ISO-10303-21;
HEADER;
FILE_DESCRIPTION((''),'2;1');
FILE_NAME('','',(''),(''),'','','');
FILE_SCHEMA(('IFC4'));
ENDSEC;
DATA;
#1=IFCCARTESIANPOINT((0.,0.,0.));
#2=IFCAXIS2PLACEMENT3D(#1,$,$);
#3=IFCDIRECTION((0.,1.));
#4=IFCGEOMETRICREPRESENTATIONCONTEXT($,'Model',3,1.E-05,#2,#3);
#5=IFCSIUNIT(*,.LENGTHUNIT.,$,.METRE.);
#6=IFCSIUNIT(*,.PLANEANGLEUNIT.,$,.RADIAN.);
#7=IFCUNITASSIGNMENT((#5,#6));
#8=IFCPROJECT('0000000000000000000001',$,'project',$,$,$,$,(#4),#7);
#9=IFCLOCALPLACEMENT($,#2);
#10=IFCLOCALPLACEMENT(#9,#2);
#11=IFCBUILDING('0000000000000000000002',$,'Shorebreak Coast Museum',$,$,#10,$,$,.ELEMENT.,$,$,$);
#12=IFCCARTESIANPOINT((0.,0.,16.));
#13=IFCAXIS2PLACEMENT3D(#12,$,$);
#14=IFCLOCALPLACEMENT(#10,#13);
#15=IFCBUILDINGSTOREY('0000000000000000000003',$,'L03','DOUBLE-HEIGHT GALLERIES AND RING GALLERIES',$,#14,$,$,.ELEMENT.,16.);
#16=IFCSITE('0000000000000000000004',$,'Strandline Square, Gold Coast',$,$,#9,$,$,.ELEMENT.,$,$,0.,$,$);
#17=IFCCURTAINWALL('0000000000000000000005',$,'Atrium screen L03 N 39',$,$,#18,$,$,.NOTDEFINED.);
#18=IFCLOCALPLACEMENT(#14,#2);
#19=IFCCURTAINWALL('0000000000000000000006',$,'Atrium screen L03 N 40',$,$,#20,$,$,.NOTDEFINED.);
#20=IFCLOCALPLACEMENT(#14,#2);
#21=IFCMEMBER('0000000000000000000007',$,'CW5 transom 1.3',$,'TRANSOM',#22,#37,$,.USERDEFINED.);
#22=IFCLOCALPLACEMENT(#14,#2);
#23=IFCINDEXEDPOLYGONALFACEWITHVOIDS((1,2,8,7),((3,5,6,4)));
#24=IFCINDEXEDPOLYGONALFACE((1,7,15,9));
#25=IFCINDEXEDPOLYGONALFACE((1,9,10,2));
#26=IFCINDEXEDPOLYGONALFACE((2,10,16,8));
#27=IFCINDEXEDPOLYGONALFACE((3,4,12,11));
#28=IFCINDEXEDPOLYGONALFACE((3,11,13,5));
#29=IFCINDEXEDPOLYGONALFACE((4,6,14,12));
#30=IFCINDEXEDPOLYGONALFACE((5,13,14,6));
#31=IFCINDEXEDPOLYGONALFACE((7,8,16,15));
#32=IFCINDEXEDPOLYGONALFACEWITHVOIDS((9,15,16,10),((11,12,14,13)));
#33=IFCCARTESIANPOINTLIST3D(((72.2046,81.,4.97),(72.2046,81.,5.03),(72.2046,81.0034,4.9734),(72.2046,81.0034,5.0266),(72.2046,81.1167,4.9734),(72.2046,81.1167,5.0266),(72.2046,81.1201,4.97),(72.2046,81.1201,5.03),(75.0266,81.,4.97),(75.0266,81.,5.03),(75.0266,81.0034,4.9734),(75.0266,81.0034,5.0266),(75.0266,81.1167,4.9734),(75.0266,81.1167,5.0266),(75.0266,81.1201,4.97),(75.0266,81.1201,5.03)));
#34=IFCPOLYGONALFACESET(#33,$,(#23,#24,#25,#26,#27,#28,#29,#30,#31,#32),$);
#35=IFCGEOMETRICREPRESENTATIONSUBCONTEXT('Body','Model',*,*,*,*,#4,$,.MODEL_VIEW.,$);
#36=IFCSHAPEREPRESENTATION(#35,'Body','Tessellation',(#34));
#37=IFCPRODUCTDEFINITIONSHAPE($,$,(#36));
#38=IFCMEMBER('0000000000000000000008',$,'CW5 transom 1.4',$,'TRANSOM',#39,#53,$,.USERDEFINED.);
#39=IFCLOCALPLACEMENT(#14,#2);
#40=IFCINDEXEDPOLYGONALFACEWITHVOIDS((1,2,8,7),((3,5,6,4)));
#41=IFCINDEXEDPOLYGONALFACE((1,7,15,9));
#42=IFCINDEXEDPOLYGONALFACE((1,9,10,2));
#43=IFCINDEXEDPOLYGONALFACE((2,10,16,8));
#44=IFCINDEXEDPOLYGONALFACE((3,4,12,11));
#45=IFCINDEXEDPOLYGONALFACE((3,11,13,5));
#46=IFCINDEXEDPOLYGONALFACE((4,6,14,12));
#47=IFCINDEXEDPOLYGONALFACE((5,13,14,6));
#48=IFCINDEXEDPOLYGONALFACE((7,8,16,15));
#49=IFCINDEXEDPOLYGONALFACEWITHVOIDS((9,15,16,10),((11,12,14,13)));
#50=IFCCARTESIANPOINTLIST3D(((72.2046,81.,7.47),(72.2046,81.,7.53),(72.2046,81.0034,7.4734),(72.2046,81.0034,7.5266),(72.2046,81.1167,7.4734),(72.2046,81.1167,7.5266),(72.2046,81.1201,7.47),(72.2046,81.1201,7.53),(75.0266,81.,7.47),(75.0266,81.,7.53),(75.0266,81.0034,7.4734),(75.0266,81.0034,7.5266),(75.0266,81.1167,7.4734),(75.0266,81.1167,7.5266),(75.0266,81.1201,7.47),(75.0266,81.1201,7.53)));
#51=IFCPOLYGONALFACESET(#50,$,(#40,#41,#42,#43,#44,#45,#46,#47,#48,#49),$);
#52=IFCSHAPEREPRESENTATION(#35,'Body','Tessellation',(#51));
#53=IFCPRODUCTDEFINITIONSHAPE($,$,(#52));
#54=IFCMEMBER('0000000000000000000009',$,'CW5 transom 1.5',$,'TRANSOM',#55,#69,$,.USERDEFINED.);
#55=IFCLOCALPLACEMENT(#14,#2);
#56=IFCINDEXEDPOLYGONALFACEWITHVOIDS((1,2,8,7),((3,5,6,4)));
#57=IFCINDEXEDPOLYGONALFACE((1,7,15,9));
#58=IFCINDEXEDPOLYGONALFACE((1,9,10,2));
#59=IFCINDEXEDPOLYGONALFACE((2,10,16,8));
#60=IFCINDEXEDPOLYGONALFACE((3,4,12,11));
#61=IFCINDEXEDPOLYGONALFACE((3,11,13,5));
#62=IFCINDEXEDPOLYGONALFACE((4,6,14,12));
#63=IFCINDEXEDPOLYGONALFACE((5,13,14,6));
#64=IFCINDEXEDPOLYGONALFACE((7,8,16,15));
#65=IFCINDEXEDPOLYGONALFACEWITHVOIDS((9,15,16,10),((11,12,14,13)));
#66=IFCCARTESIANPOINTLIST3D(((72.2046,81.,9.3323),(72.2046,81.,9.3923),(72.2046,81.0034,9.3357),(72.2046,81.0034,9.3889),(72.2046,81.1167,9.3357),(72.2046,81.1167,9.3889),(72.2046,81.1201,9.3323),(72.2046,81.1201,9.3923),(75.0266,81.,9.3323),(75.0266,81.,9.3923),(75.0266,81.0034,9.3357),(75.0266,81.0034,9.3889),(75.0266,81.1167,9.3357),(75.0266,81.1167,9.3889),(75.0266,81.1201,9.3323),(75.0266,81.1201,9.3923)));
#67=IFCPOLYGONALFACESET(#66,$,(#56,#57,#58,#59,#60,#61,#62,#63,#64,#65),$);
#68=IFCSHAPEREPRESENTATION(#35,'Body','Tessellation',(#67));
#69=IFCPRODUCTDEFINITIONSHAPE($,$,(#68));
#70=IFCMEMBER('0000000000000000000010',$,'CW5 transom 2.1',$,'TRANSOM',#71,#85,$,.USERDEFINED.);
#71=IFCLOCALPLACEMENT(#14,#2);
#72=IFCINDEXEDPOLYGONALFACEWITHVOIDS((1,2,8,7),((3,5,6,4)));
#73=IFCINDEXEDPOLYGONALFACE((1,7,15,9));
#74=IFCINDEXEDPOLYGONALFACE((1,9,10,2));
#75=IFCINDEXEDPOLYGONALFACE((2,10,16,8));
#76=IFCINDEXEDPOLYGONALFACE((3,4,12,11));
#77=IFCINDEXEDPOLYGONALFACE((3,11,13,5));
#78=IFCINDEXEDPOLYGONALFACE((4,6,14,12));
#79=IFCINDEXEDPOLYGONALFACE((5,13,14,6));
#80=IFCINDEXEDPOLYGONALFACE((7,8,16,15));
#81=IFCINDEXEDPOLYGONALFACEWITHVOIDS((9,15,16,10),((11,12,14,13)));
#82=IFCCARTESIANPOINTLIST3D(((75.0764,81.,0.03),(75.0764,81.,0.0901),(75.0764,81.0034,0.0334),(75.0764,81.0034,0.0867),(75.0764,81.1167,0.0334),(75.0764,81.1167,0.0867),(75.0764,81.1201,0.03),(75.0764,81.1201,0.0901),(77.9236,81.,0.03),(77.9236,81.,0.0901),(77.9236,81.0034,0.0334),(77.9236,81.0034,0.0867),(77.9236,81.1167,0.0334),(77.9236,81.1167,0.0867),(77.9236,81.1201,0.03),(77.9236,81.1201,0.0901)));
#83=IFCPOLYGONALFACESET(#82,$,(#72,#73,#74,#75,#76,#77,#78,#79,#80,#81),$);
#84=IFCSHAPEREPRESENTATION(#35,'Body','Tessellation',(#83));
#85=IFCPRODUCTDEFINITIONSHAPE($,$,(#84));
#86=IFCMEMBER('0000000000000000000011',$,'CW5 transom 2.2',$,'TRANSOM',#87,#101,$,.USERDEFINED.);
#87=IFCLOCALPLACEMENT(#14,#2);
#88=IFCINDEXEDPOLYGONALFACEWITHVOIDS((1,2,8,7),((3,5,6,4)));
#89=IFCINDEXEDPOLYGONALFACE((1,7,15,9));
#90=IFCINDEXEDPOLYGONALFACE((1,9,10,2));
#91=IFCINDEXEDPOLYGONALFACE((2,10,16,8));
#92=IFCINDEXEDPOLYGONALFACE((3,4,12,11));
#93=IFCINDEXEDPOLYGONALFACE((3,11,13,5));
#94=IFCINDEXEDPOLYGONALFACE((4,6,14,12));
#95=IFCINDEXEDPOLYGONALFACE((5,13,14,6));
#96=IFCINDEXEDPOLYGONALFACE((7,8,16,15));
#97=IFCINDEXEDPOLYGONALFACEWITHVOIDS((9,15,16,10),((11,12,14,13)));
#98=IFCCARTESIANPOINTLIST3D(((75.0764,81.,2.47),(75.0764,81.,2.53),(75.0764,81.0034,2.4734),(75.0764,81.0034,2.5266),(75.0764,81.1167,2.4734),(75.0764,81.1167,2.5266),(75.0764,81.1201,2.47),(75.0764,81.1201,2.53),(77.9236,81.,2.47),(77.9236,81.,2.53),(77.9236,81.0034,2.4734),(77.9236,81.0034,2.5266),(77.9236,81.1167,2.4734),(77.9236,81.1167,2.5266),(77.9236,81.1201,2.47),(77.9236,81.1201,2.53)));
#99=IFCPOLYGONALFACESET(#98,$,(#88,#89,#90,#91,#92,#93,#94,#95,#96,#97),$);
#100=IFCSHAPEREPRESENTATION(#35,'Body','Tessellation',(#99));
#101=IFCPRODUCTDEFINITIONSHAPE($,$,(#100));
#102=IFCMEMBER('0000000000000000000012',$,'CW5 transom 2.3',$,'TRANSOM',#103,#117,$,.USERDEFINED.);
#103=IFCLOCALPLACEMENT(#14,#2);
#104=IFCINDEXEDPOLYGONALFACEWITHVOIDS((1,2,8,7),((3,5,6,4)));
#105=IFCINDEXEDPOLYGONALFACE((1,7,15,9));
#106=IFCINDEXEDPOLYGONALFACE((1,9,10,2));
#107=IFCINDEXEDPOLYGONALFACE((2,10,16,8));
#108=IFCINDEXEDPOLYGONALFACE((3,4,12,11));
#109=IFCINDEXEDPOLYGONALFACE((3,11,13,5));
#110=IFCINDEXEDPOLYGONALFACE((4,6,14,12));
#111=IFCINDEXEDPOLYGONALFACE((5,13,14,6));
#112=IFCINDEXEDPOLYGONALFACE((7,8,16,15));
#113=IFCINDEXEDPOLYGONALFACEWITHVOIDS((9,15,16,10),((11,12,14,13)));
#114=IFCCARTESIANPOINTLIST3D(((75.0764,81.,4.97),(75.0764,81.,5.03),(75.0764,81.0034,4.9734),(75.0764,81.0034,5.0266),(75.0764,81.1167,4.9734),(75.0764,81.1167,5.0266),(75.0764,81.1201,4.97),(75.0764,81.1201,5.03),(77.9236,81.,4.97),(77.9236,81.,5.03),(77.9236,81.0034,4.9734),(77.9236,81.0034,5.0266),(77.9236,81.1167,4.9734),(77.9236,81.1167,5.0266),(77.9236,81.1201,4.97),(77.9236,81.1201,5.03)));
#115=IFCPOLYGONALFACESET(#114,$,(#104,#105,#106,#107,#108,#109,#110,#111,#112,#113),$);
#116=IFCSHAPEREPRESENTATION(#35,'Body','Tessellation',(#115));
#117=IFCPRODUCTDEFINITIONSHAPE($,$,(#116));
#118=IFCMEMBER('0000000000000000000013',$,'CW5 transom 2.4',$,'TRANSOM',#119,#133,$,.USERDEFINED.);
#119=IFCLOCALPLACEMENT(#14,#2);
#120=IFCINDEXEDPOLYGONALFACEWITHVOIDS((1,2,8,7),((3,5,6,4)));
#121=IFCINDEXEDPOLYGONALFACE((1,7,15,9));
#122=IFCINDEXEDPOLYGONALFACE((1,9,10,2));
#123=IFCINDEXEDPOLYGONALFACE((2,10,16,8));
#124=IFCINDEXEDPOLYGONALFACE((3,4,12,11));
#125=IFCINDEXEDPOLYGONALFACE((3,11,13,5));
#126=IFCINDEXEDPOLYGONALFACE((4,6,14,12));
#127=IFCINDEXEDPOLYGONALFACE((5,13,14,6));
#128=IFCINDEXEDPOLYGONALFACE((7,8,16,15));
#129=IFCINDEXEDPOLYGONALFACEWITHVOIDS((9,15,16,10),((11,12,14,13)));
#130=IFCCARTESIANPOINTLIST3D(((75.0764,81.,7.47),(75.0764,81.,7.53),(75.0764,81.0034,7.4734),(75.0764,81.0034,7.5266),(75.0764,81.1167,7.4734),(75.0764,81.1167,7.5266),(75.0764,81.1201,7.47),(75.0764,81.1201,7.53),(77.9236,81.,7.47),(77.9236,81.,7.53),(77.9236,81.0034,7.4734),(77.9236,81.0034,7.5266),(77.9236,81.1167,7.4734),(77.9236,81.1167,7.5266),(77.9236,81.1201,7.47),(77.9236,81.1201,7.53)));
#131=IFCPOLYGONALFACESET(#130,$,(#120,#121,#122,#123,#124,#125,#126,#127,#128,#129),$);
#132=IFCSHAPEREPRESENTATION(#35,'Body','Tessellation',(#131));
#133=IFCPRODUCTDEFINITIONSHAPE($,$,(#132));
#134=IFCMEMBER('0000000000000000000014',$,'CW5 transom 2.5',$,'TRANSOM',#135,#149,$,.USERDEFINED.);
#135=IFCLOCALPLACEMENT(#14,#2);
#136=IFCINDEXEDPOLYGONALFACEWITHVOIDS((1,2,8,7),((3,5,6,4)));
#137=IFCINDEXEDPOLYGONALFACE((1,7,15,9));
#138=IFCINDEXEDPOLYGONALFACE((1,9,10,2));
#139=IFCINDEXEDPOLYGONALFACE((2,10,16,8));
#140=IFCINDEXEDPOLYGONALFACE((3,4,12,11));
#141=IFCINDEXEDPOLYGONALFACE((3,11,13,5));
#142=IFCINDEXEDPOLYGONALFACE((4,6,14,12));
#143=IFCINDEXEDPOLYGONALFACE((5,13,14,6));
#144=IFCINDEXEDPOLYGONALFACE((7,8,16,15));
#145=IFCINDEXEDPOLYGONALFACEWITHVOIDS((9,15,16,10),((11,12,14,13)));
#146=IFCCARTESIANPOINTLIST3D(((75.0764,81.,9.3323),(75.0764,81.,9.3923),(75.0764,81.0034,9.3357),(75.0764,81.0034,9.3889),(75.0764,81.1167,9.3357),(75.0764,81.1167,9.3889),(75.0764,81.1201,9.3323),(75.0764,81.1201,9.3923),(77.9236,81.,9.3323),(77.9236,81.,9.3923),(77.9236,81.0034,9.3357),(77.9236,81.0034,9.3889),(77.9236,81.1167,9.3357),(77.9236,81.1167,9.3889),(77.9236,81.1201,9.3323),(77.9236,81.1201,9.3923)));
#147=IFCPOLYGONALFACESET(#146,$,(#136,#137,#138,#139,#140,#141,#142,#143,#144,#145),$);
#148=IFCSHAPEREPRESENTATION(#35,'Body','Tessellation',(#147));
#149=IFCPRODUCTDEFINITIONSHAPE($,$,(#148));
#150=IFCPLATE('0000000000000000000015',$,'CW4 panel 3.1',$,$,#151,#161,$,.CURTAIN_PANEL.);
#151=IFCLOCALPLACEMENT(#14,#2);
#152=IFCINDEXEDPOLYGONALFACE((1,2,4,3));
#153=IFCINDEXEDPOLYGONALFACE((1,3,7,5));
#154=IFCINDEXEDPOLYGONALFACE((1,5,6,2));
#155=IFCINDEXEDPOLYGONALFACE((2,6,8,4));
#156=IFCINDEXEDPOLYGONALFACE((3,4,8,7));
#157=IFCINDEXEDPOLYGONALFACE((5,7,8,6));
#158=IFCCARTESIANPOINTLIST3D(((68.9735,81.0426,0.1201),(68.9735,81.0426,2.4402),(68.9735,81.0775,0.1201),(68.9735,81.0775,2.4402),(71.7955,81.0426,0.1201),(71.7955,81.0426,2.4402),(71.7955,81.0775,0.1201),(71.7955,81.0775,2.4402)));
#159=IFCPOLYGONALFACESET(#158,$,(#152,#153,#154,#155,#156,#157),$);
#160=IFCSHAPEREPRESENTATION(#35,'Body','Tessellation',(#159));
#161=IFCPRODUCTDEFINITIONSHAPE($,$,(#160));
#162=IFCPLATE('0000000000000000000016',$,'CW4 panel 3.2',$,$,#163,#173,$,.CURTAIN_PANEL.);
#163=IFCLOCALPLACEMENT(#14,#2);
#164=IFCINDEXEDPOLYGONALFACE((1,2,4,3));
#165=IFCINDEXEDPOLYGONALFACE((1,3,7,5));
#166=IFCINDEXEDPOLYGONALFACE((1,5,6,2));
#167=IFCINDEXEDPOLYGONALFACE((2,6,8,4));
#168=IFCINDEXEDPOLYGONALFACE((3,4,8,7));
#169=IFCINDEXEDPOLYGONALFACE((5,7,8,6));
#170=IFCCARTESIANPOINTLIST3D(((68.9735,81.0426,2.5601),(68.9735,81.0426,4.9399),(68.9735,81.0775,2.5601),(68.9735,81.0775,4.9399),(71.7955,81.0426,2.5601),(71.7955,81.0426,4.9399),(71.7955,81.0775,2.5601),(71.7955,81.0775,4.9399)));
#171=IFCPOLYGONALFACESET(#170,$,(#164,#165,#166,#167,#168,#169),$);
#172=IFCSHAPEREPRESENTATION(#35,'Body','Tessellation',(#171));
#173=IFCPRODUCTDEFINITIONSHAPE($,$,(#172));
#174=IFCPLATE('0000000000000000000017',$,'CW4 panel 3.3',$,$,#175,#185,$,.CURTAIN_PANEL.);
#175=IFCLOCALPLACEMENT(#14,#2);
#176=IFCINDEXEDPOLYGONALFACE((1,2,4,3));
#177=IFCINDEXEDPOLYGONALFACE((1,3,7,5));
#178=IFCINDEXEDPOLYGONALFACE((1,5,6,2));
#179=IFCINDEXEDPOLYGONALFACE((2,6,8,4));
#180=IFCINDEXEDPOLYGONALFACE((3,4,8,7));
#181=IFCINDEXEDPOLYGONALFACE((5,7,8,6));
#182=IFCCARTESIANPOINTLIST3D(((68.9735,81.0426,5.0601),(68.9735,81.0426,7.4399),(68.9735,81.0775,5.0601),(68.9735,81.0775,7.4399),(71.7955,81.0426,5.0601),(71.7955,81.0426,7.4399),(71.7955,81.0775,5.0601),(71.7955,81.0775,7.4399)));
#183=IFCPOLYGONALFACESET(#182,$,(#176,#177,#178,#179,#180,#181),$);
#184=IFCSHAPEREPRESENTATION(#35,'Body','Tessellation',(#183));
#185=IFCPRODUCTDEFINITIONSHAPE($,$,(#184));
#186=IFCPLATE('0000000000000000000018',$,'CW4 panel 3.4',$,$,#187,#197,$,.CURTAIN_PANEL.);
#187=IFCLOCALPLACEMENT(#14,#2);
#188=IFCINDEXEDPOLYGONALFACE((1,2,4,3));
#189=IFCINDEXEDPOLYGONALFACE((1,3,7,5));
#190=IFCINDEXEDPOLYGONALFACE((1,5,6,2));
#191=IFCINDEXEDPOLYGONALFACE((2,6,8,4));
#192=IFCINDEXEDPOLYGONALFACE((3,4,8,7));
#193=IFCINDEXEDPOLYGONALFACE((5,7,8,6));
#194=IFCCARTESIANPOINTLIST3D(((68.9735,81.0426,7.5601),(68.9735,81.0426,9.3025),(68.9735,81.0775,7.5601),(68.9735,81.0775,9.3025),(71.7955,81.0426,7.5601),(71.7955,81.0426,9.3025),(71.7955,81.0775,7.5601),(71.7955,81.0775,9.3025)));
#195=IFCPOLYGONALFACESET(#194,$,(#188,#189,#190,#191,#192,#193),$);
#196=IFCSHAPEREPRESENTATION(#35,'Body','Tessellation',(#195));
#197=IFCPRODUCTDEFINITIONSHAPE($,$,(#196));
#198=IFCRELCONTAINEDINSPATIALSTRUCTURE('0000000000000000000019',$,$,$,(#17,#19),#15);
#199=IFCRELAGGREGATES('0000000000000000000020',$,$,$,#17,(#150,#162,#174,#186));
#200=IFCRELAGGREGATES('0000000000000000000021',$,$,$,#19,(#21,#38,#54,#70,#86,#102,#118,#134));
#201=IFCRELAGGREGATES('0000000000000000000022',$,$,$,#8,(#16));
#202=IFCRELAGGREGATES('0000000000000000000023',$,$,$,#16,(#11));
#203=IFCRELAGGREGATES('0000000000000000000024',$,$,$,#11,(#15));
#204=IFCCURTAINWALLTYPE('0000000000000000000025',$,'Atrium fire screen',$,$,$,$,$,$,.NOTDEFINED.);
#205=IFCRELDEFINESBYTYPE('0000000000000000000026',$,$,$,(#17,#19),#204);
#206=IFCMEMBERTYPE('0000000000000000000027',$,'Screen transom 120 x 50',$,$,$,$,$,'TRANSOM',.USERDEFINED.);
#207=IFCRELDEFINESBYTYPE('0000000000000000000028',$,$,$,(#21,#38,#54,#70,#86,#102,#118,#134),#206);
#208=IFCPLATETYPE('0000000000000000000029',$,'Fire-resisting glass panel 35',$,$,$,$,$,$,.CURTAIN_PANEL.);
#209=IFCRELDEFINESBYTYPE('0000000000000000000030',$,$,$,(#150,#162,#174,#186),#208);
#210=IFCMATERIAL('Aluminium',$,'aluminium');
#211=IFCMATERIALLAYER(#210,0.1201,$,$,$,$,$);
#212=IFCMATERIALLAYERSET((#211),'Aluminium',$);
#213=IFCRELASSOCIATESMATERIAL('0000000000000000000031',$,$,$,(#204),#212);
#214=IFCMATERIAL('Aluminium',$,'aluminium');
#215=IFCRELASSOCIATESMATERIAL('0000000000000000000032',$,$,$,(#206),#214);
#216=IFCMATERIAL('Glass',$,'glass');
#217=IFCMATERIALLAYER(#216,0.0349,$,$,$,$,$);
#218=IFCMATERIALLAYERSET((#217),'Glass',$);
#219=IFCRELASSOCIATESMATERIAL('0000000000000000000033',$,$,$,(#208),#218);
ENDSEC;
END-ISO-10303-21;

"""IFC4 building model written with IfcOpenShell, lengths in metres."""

from ifc_helpers import new_model, si_unit, direction, frame, origin, origin_2d, place, context, subcontext, project, spatial, rectangle, hollow_rectangle, extrude, material, layer, layer_set, material_profile, profile_set, type_object, element, aggregate, save


model = new_model("IFC4")

# Units and contexts
model_context = context("Model", 3, precision=1e-05, world=origin(), true_north=direction((0.0, 1.0)))
body_context = subcontext(model_context, "Body", "Model", "MODEL_VIEW")
ifc_project = project(units=[si_unit("LENGTHUNIT", "METRE"), si_unit("PLANEANGLEUNIT", "RADIAN")], contexts=[model_context])

# Site, building, storey
site_placement = place(None, origin())
site = spatial("IfcSite", under=ifc_project, at=site_placement, Name="Strandline Square, Gold Coast", CompositionType="ELEMENT", RefElevation=0.0)
building_placement = place(site_placement, origin())
building = spatial("IfcBuilding", under=site, at=building_placement, Name="Shorebreak Coast Museum", CompositionType="ELEMENT")
storey_placement = place(building_placement, frame((0.0, 0.0, 16.0)))
storey = spatial("IfcBuildingStorey", under=building, at=storey_placement, Name="L03", Description="DOUBLE-HEIGHT GALLERIES AND RING GALLERIES", CompositionType="ELEMENT", Elevation=16.0)

# Curtain wall
ifc_material_1 = material(Name="Aluminium", Category="aluminium")
ifc_layer_1 = layer(ifc_material_1, 0.1201)
ifc_layer_set_1 = layer_set([ifc_layer_1], Name="Aluminium")
curtain_wall_type = type_object("IfcCurtainWallType", Name="Atrium fire screen", PredefinedType="NOTDEFINED", material=ifc_layer_set_1)
curtain_wall_1_placement = place(storey_placement, origin())
curtain_wall_1 = element("IfcCurtainWall", 1, at=curtain_wall_1_placement, inside=storey, type_object=curtain_wall_type, Name="Atrium screen L03 N 39", PredefinedType="NOTDEFINED")

# Curtain wall, members
curtain_wall_2_placement = place(storey_placement, origin())
curtain_wall_2 = element("IfcCurtainWall", 2, at=curtain_wall_2_placement, inside=storey, type_object=curtain_wall_type, Name="Atrium screen L03 N 40", PredefinedType="NOTDEFINED")
ifc_material_2 = material(Name="Aluminium", Category="aluminium")
ifc_material_profile_1 = material_profile(ifc_material_2, hollow_rectangle(XDim=0.1201, YDim=0.0601, WallThickness=0.0034, at=origin_2d()), Name="AL 60x120 RHS")
ifc_profile_set_1 = profile_set([ifc_material_profile_1], Name="Aluminium")
member_type_1 = type_object("IfcMemberType", Name="Screen transom 120 x 50", ElementType="TRANSOM", PredefinedType="USERDEFINED", material=ifc_profile_set_1)
member_1_placement = place(storey_placement, frame((72.2046, 81.0601, 5.0), z_axis=(1.0, 0.0, 0.0), x_axis=(0.0, 1.0, 0.0)))
member_1 = element("IfcMember", 3, at=member_1_placement, type_object=member_type_1, Name="CW5 transom 1.3", ObjectType="TRANSOM", PredefinedType="USERDEFINED", context=body_context, shape_type="SweptSolid", body=[
    extrude(hollow_rectangle(XDim=0.1201, YDim=0.0601, WallThickness=0.0034, at=origin_2d()), origin(), (0.0, 0.0, 1.0), 2.822),
])
member_2_placement = place(storey_placement, frame((72.2046, 81.0601, 7.5), z_axis=(1.0, 0.0, 0.0), x_axis=(0.0, 1.0, 0.0)))
member_2 = element("IfcMember", 4, at=member_2_placement, type_object=member_type_1, Name="CW5 transom 1.4", ObjectType="TRANSOM", PredefinedType="USERDEFINED", context=body_context, shape_type="SweptSolid", body=[
    extrude(hollow_rectangle(XDim=0.1201, YDim=0.0601, WallThickness=0.0034, at=origin_2d()), origin(), (0.0, 0.0, 1.0), 2.822),
])
member_3_placement = place(storey_placement, frame((72.2046, 81.0601, 9.3623), z_axis=(1.0, 0.0, 0.0), x_axis=(0.0, 1.0, 0.0)))
member_3 = element("IfcMember", 5, at=member_3_placement, type_object=member_type_1, Name="CW5 transom 1.5", ObjectType="TRANSOM", PredefinedType="USERDEFINED", context=body_context, shape_type="SweptSolid", body=[
    extrude(hollow_rectangle(XDim=0.1201, YDim=0.0601, WallThickness=0.0034, at=origin_2d()), origin(), (0.0, 0.0, 1.0), 2.822),
])
member_4_placement = place(storey_placement, frame((75.0764, 81.0601, 0.0601), z_axis=(1.0, 0.0, 0.0), x_axis=(0.0, 1.0, 0.0)))
member_4 = element("IfcMember", 6, at=member_4_placement, type_object=member_type_1, Name="CW5 transom 2.1", ObjectType="TRANSOM", PredefinedType="USERDEFINED", context=body_context, shape_type="SweptSolid", body=[
    extrude(hollow_rectangle(XDim=0.1201, YDim=0.0601, WallThickness=0.0034, at=origin_2d()), origin(), (0.0, 0.0, 1.0), 2.8472),
])
member_5_placement = place(storey_placement, frame((75.0764, 81.0601, 2.5), z_axis=(1.0, 0.0, 0.0), x_axis=(0.0, 1.0, 0.0)))
member_5 = element("IfcMember", 7, at=member_5_placement, type_object=member_type_1, Name="CW5 transom 2.2", ObjectType="TRANSOM", PredefinedType="USERDEFINED", context=body_context, shape_type="SweptSolid", body=[
    extrude(hollow_rectangle(XDim=0.1201, YDim=0.0601, WallThickness=0.0034, at=origin_2d()), origin(), (0.0, 0.0, 1.0), 2.8472),
])
member_6_placement = place(storey_placement, frame((75.0764, 81.0601, 5.0), z_axis=(1.0, 0.0, 0.0), x_axis=(0.0, 1.0, 0.0)))
member_6 = element("IfcMember", 8, at=member_6_placement, type_object=member_type_1, Name="CW5 transom 2.3", ObjectType="TRANSOM", PredefinedType="USERDEFINED", context=body_context, shape_type="SweptSolid", body=[
    extrude(hollow_rectangle(XDim=0.1201, YDim=0.0601, WallThickness=0.0034, at=origin_2d()), origin(), (0.0, 0.0, 1.0), 2.8472),
])
member_7_placement = place(storey_placement, frame((75.0764, 81.0601, 7.5), z_axis=(1.0, 0.0, 0.0), x_axis=(0.0, 1.0, 0.0)))
member_7 = element("IfcMember", 9, at=member_7_placement, type_object=member_type_1, Name="CW5 transom 2.4", ObjectType="TRANSOM", PredefinedType="USERDEFINED", context=body_context, shape_type="SweptSolid", body=[
    extrude(hollow_rectangle(XDim=0.1201, YDim=0.0601, WallThickness=0.0034, at=origin_2d()), origin(), (0.0, 0.0, 1.0), 2.8472),
])
member_8_placement = place(storey_placement, frame((75.0764, 81.0601, 9.3623), z_axis=(1.0, 0.0, 0.0), x_axis=(0.0, 1.0, 0.0)))
member_8 = element("IfcMember", 10, at=member_8_placement, type_object=member_type_1, Name="CW5 transom 2.5", ObjectType="TRANSOM", PredefinedType="USERDEFINED", context=body_context, shape_type="SweptSolid", body=[
    extrude(hollow_rectangle(XDim=0.1201, YDim=0.0601, WallThickness=0.0034, at=origin_2d()), origin(), (0.0, 0.0, 1.0), 2.8472),
])

# Plates
ifc_material_3 = material(Name="Glass", Category="glass")
ifc_layer_2 = layer(ifc_material_3, 0.0349)
ifc_layer_set_2 = layer_set([ifc_layer_2], Name="Glass")
plate_type = type_object("IfcPlateType", Name="Fire-resisting glass panel 35", PredefinedType="CURTAIN_PANEL", material=ifc_layer_set_2)
plate_1_placement = place(storey_placement, frame((70.3845, 81.0601, 0.1201), z_axis=(0.0, 0.0, 1.0), x_axis=(1.0, 0.0, 0.0)))
plate_1 = element("IfcPlate", 11, at=plate_1_placement, type_object=plate_type, Name="CW4 panel 3.1", PredefinedType="CURTAIN_PANEL", context=body_context, shape_type="SweptSolid", body=[
    extrude(rectangle(XDim=2.822, YDim=0.0349, at=origin_2d()), origin(), (0.0, 0.0, 1.0), 2.3201),
])
plate_2_placement = place(storey_placement, frame((70.3845, 81.0601, 2.5601), z_axis=(0.0, 0.0, 1.0), x_axis=(1.0, 0.0, 0.0)))
plate_2 = element("IfcPlate", 12, at=plate_2_placement, type_object=plate_type, Name="CW4 panel 3.2", PredefinedType="CURTAIN_PANEL", context=body_context, shape_type="SweptSolid", body=[
    extrude(rectangle(XDim=2.822, YDim=0.0349, at=origin_2d()), origin(), (0.0, 0.0, 1.0), 2.3799),
])
plate_3_placement = place(storey_placement, frame((70.3845, 81.0601, 5.0601), z_axis=(0.0, 0.0, 1.0), x_axis=(1.0, 0.0, 0.0)))
plate_3 = element("IfcPlate", 13, at=plate_3_placement, type_object=plate_type, Name="CW4 panel 3.3", PredefinedType="CURTAIN_PANEL", context=body_context, shape_type="SweptSolid", body=[
    extrude(rectangle(XDim=2.822, YDim=0.0349, at=origin_2d()), origin(), (0.0, 0.0, 1.0), 2.3799),
])
plate_4_placement = place(storey_placement, frame((70.3845, 81.0601, 7.5601), z_axis=(0.0, 0.0, 1.0), x_axis=(1.0, 0.0, 0.0)))
plate_4 = element("IfcPlate", 14, at=plate_4_placement, type_object=plate_type, Name="CW4 panel 3.4", PredefinedType="CURTAIN_PANEL", context=body_context, shape_type="SweptSolid", body=[
    extrude(rectangle(XDim=2.822, YDim=0.0349, at=origin_2d()), origin(), (0.0, 0.0, 1.0), 1.7424),
])
aggregate(curtain_wall_1, [plate_1, plate_2, plate_3, plate_4])
aggregate(curtain_wall_2, [member_1, member_2, member_3, member_4, member_5, member_6, member_7, member_8])

save(model, "model.ifc")
